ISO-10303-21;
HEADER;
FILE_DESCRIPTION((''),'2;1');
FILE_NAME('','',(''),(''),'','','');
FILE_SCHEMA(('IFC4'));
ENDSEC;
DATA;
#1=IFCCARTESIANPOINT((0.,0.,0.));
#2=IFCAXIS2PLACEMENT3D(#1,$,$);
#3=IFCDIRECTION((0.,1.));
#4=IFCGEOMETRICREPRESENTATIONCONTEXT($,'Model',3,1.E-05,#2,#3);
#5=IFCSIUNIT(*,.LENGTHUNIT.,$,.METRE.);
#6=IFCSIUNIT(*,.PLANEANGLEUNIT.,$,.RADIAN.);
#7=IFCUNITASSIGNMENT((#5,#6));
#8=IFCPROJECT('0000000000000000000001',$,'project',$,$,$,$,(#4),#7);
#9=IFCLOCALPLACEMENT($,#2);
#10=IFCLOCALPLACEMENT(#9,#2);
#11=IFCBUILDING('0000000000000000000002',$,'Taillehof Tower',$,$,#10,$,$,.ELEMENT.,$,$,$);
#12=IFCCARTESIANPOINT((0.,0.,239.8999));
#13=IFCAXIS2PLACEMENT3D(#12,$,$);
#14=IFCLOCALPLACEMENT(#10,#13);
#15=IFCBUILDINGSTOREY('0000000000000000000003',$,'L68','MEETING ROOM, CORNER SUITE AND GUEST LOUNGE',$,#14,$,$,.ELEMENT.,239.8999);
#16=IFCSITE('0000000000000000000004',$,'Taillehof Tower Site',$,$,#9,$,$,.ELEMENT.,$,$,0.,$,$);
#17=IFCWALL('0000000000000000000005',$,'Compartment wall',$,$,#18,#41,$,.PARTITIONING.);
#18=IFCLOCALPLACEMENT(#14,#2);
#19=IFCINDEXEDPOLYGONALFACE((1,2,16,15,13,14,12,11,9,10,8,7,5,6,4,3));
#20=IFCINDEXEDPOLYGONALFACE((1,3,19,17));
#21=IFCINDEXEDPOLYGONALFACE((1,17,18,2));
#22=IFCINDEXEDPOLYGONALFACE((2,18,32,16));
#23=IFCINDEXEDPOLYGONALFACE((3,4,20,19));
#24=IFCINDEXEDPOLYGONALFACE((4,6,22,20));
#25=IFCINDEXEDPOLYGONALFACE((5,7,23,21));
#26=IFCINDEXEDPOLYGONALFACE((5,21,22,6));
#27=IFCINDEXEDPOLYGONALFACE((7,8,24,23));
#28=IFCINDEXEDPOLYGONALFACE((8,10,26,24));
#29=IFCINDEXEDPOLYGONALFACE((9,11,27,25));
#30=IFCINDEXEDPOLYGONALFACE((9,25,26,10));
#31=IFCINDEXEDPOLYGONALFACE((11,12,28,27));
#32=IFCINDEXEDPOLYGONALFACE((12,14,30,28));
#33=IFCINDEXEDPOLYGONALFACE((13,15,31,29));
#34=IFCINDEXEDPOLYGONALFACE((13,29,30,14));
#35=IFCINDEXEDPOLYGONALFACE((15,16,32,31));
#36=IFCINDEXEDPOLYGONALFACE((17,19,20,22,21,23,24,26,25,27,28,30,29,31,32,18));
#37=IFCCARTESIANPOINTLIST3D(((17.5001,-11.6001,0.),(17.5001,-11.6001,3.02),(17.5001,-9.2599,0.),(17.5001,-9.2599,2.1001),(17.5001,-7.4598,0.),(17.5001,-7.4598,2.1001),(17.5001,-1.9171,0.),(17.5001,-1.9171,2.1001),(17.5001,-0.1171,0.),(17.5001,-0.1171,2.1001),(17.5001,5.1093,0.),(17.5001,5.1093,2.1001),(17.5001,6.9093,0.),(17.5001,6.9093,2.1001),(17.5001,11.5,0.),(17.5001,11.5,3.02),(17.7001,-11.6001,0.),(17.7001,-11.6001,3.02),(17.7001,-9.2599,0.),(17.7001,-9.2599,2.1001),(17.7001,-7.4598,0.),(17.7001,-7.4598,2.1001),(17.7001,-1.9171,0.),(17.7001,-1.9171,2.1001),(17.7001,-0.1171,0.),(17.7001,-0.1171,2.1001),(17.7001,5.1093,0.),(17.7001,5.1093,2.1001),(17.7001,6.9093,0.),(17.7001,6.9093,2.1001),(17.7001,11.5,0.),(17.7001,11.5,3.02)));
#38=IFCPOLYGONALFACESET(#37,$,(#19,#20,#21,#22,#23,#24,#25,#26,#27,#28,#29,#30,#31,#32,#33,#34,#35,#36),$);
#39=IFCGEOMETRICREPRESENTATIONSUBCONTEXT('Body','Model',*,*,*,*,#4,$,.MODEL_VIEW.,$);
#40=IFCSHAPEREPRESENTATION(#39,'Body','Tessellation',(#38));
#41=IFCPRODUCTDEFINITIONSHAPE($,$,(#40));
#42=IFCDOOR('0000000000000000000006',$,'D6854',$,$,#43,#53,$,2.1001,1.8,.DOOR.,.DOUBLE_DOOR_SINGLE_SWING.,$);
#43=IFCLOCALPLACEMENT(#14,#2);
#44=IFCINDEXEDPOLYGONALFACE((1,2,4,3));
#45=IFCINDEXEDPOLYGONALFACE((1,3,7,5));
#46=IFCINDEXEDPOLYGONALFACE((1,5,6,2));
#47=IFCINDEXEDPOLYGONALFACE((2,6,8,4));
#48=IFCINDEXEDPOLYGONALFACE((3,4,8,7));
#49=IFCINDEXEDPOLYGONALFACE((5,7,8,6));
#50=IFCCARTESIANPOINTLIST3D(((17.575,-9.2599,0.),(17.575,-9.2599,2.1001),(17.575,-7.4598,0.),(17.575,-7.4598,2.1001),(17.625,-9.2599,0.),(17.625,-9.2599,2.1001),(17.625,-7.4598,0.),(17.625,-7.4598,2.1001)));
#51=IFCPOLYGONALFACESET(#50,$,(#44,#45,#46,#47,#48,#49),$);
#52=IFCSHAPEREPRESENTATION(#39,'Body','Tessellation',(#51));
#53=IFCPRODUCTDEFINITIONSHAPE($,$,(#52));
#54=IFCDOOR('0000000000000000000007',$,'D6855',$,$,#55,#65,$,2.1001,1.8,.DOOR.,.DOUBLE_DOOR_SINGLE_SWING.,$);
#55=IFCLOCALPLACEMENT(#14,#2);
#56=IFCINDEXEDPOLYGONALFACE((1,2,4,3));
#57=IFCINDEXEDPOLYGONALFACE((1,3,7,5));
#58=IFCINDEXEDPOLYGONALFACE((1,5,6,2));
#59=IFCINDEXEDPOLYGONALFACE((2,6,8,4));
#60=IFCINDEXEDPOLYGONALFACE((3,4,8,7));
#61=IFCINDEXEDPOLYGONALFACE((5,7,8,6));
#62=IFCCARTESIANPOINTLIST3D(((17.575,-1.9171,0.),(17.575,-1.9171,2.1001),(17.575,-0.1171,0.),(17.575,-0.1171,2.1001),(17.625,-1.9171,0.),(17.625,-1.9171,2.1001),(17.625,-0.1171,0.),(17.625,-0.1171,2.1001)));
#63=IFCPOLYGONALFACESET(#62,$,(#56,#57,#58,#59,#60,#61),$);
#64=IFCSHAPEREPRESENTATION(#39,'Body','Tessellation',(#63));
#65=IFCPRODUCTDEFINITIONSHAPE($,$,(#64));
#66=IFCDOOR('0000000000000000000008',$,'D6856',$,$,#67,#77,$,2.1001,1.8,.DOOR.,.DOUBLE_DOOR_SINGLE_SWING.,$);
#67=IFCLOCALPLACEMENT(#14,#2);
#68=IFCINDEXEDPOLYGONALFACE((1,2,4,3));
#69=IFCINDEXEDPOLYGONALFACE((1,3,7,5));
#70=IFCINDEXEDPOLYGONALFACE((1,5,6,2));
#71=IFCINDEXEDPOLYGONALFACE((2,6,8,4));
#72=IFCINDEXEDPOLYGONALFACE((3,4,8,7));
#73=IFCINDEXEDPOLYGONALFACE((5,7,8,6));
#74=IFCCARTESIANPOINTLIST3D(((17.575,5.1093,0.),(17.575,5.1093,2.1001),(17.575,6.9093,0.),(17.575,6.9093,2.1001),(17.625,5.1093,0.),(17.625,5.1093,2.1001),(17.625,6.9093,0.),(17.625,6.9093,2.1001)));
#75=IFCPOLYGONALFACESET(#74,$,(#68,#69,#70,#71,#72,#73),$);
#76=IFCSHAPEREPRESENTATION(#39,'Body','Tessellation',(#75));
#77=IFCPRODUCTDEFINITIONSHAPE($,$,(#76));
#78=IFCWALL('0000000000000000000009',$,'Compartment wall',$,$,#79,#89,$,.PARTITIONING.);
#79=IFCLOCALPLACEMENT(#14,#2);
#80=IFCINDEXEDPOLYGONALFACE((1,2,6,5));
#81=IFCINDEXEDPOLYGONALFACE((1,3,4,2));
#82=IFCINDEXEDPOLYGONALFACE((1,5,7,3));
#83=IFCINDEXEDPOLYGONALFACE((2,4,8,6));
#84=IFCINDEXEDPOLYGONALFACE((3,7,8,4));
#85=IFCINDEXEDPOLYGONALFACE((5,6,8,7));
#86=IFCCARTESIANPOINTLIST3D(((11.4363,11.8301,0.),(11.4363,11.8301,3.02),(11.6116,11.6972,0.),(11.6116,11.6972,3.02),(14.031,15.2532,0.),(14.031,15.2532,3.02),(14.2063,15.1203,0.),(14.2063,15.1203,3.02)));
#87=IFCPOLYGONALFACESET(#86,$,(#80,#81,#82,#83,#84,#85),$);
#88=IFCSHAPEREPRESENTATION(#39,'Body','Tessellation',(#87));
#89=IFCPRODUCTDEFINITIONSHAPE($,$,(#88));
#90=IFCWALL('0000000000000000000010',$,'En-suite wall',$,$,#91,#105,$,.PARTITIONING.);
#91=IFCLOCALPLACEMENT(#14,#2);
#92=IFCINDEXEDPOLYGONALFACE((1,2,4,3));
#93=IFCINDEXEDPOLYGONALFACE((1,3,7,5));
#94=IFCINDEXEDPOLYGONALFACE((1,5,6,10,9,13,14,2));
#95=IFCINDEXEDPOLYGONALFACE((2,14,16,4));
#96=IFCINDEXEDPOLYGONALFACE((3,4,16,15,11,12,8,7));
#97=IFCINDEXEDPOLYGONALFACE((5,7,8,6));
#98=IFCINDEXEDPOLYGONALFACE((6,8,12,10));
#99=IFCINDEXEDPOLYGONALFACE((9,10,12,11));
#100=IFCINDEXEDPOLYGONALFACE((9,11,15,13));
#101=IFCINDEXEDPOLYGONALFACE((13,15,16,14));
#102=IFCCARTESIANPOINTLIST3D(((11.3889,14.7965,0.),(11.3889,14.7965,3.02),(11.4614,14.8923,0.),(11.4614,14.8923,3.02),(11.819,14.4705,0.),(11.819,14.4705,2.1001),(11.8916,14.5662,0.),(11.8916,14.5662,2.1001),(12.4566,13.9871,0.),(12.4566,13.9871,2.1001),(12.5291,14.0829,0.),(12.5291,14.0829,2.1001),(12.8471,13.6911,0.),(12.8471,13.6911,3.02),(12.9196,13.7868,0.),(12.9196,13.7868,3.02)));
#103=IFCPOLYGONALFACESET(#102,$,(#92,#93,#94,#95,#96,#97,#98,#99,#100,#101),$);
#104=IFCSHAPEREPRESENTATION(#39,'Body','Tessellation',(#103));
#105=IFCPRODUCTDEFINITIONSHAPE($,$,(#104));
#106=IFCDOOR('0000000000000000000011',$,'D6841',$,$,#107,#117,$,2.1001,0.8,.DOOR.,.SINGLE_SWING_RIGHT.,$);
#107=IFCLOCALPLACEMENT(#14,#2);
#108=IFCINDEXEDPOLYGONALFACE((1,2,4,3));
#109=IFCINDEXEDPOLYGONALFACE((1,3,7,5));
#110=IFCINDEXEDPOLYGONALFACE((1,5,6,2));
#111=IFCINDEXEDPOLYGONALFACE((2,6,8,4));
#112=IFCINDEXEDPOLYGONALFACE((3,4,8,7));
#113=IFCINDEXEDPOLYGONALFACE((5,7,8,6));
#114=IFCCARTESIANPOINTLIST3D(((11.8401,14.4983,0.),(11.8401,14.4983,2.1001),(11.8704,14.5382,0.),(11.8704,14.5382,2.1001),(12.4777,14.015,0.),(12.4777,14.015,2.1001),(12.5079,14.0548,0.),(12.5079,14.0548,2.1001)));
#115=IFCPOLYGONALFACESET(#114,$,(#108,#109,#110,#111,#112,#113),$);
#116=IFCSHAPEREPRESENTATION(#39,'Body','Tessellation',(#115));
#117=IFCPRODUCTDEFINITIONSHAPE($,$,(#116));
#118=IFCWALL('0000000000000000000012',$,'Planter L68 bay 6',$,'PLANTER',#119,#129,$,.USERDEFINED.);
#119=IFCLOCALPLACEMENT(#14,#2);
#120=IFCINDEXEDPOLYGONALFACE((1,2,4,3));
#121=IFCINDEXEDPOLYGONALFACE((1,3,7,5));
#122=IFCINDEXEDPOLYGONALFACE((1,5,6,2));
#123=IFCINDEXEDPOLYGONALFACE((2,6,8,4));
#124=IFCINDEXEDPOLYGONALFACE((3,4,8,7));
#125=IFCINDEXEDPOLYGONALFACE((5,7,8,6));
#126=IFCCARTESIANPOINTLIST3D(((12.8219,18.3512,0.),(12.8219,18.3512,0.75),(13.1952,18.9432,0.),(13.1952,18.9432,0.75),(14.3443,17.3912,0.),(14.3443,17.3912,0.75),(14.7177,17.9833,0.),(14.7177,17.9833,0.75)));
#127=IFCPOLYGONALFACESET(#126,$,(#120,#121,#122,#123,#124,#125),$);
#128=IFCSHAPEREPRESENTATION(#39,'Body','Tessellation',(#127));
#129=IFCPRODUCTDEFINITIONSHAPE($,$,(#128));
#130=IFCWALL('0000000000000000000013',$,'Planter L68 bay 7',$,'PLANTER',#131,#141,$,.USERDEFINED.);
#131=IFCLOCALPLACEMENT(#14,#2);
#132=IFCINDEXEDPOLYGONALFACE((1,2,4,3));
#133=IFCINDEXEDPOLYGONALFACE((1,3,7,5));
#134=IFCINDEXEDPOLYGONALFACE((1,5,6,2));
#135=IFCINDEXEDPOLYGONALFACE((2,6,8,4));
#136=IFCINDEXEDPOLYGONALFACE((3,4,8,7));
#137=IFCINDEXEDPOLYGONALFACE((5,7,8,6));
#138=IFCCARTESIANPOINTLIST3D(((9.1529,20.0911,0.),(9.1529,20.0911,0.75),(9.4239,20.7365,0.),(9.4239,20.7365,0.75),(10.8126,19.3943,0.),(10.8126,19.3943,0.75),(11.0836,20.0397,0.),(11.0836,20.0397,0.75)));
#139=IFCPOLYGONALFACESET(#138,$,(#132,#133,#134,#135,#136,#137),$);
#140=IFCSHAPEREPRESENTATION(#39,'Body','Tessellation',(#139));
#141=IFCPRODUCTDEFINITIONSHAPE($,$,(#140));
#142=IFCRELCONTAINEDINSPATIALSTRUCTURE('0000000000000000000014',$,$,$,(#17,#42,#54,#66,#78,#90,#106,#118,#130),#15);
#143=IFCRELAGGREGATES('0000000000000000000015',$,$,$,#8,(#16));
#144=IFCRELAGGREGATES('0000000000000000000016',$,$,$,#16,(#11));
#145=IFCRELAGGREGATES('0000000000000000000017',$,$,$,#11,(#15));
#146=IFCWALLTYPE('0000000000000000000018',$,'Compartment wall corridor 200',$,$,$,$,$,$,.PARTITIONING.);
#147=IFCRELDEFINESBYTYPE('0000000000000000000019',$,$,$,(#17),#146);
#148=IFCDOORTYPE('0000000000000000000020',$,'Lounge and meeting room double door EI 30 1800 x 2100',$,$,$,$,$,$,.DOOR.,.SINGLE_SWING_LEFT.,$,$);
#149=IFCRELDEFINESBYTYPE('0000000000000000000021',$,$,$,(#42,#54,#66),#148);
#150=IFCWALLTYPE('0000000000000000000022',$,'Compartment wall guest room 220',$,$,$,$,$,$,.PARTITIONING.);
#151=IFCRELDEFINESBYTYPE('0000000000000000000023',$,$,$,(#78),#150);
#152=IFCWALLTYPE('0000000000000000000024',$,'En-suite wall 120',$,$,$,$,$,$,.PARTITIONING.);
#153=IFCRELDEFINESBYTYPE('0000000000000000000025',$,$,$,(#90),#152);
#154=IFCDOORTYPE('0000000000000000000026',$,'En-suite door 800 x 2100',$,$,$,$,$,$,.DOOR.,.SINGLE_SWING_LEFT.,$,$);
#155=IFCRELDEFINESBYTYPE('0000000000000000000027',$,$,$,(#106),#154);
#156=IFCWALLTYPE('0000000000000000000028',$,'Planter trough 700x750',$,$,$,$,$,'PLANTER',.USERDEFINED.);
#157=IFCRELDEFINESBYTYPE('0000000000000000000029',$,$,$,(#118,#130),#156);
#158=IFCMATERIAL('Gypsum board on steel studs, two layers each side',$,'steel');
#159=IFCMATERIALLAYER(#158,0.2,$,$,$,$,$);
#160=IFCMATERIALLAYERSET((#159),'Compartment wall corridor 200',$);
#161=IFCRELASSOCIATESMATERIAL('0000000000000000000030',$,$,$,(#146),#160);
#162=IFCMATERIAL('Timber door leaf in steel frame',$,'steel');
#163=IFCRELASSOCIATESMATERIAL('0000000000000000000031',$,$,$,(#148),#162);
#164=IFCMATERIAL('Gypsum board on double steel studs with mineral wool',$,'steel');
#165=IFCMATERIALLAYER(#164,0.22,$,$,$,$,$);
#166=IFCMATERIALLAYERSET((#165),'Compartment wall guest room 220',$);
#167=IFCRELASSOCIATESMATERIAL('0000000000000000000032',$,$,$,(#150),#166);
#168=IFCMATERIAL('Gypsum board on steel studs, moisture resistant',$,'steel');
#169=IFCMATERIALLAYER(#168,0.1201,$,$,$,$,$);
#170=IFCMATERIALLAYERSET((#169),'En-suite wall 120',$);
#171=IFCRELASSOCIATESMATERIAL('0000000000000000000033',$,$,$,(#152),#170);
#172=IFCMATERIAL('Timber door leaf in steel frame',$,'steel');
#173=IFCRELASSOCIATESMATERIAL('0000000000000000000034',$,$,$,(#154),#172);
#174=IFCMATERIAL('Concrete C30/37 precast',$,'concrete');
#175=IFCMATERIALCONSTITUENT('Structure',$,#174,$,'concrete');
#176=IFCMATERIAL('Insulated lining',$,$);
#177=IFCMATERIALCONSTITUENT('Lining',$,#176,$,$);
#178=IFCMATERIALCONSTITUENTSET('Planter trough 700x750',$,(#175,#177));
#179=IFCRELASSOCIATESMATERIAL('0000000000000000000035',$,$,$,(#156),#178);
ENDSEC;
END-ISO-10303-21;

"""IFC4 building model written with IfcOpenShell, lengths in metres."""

from ifc_helpers import new_model, si_unit, direction, frame, frame_2d, origin, place, context, subcontext, project, spatial, rectangle, extrude, material, layer, layer_set, constituent, constituent_set, type_object, element, fill, save


model = new_model("IFC4")

# Units and contexts
model_context = context("Model", 3, precision=1e-05, world=origin(), true_north=direction((0.0, 1.0)))
body_context = subcontext(model_context, "Body", "Model", "MODEL_VIEW")
ifc_project = project(units=[si_unit("LENGTHUNIT", "METRE"), si_unit("PLANEANGLEUNIT", "RADIAN")], contexts=[model_context])

# Site, building, storey
site_placement = place(None, origin())
site = spatial("IfcSite", under=ifc_project, at=site_placement, Name="Taillehof Tower Site", CompositionType="ELEMENT", RefElevation=0.0)
building_placement = place(site_placement, origin())
building = spatial("IfcBuilding", under=site, at=building_placement, Name="Taillehof Tower", CompositionType="ELEMENT")
storey_placement = place(building_placement, frame((0.0, 0.0, 239.8999)))
storey = spatial("IfcBuildingStorey", under=building, at=storey_placement, Name="L68", Description="MEETING ROOM, CORNER SUITE AND GUEST LOUNGE", CompositionType="ELEMENT", Elevation=239.8999)

# Wall, openings, doors
ifc_material_1 = material(Name="Gypsum board on steel studs, two layers each side", Category="steel")
ifc_layer_1 = layer(ifc_material_1, 0.2)
ifc_layer_set_1 = layer_set([ifc_layer_1], Name="Compartment wall corridor 200")
wall_type_1 = type_object("IfcWallType", Name="Compartment wall corridor 200", PredefinedType="PARTITIONING", material=ifc_layer_set_1)
wall_1_placement = place(storey_placement, frame((17.6001, 11.5, 0.0), z_axis=(0.0, 0.0, 1.0), x_axis=(0.0, -1.0, 0.0)))
wall_1 = element("IfcWall", 1, at=wall_1_placement, inside=storey, type_object=wall_type_1, Name="Compartment wall", PredefinedType="PARTITIONING", context=body_context, shape_type="SweptSolid", body=[
    extrude(rectangle(XDim=23.1001, YDim=0.2, at=frame_2d((11.55, 0.0))), origin(), (0.0, 0.0, 1.0), 3.02),
])
opening_1_placement = place(wall_1_placement, frame((18.96, 0.0, 0.0)))
opening_1 = element("IfcOpeningElement", 2, at=opening_1_placement, cuts=wall_1, PredefinedType="OPENING", context=body_context, shape_type="SweptSolid", body=[
    extrude(rectangle(XDim=1.8, YDim=2.1001, at=frame_2d((0.8999, 1.05))), frame((0.0, 0.1099, 0.0), z_axis=(0.0, -1.0, 0.0), x_axis=(1.0, 0.0, 0.0)), (0.0, 0.0, 1.0), 0.22),
])
opening_2_placement = place(wall_1_placement, frame((11.6172, 0.0, 0.0)))
opening_2 = element("IfcOpeningElement", 3, at=opening_2_placement, cuts=wall_1, PredefinedType="OPENING", context=body_context, shape_type="SweptSolid", body=[
    extrude(rectangle(XDim=1.8, YDim=2.1001, at=frame_2d((0.8999, 1.05))), frame((0.0, 0.1099, 0.0), z_axis=(0.0, -1.0, 0.0), x_axis=(1.0, 0.0, 0.0)), (0.0, 0.0, 1.0), 0.22),
])
opening_3_placement = place(wall_1_placement, frame((4.5908, 0.0, 0.0)))
opening_3 = element("IfcOpeningElement", 4, at=opening_3_placement, cuts=wall_1, PredefinedType="OPENING", context=body_context, shape_type="SweptSolid", body=[
    extrude(rectangle(XDim=1.8, YDim=2.1001, at=frame_2d((0.8999, 1.05))), frame((0.0, 0.1099, 0.0), z_axis=(0.0, -1.0, 0.0), x_axis=(1.0, 0.0, 0.0)), (0.0, 0.0, 1.0), 0.22),
])
ifc_material_2 = material(Name="Timber door leaf in steel frame", Category="steel")
door_type_1 = type_object("IfcDoorType", Name="Lounge and meeting room double door EI 30 1800 x 2100", OperationType="SINGLE_SWING_LEFT", PredefinedType="DOOR", material=ifc_material_2)
door_1_placement = place(opening_1_placement, origin())
door_1 = element("IfcDoor", 5, at=door_1_placement, inside=storey, type_object=door_type_1, Name="D6854", OperationType="DOUBLE_DOOR_SINGLE_SWING", OverallHeight=2.1001, OverallWidth=1.8, PredefinedType="DOOR", context=body_context, shape_type="SweptSolid", body=[
    extrude(rectangle(XDim=1.8, YDim=2.1001, at=frame_2d((0.8999, 1.05))), frame((0.0, 0.0249, 0.0), z_axis=(0.0, -1.0, 0.0), x_axis=(1.0, 0.0, 0.0)), (0.0, 0.0, 1.0), 0.05),
])
fill(opening_1, door_1)
door_2_placement = place(opening_2_placement, origin())
door_2 = element("IfcDoor", 6, at=door_2_placement, inside=storey, type_object=door_type_1, Name="D6855", OperationType="DOUBLE_DOOR_SINGLE_SWING", OverallHeight=2.1001, OverallWidth=1.8, PredefinedType="DOOR", context=body_context, shape_type="SweptSolid", body=[
    extrude(rectangle(XDim=1.8, YDim=2.1001, at=frame_2d((0.8999, 1.05))), frame((0.0, 0.0249, 0.0), z_axis=(0.0, -1.0, 0.0), x_axis=(1.0, 0.0, 0.0)), (0.0, 0.0, 1.0), 0.05),
])
fill(opening_2, door_2)
door_3_placement = place(opening_3_placement, origin())
door_3 = element("IfcDoor", 7, at=door_3_placement, inside=storey, type_object=door_type_1, Name="D6856", OperationType="DOUBLE_DOOR_SINGLE_SWING", OverallHeight=2.1001, OverallWidth=1.8, PredefinedType="DOOR", context=body_context, shape_type="SweptSolid", body=[
    extrude(rectangle(XDim=1.8, YDim=2.1001, at=frame_2d((0.8999, 1.05))), frame((0.0, 0.0249, 0.0), z_axis=(0.0, -1.0, 0.0), x_axis=(1.0, 0.0, 0.0)), (0.0, 0.0, 1.0), 0.05),
])
fill(opening_3, door_3)

# Wall
ifc_material_3 = material(Name="Gypsum board on double steel studs with mineral wool", Category="steel")
ifc_layer_2 = layer(ifc_material_3, 0.22)
ifc_layer_set_2 = layer_set([ifc_layer_2], Name="Compartment wall guest room 220")
wall_type_2 = type_object("IfcWallType", Name="Compartment wall guest room 220", PredefinedType="PARTITIONING", material=ifc_layer_set_2)
wall_2_placement = place(storey_placement, frame((14.1187, 15.1868, 0.0), z_axis=(0.0, 0.0, 1.0), x_axis=(-0.604075, -0.796927, 0.0)))
element("IfcWall", 8, at=wall_2_placement, inside=storey, type_object=wall_type_2, Name="Compartment wall", PredefinedType="PARTITIONING", context=body_context, shape_type="SweptSolid", body=[
    extrude(rectangle(XDim=4.2954, YDim=0.22, at=frame_2d((2.1477, 0.0))), origin(), (0.0, 0.0, 1.0), 3.02),
])

# Wall, opening, door
ifc_material_4 = material(Name="Gypsum board on steel studs, moisture resistant", Category="steel")
ifc_layer_3 = layer(ifc_material_4, 0.1201)
ifc_layer_set_3 = layer_set([ifc_layer_3], Name="En-suite wall 120")
wall_type_3 = type_object("IfcWallType", Name="En-suite wall 120", PredefinedType="PARTITIONING", material=ifc_layer_set_3)
wall_3_placement = place(storey_placement, frame((11.425, 14.8445, 0.0), z_axis=(0.0, 0.0, 1.0), x_axis=(0.796899, -0.604112, 0.0)))
wall_3 = element("IfcWall", 9, at=wall_3_placement, inside=storey, type_object=wall_type_3, Name="En-suite wall", PredefinedType="PARTITIONING", context=body_context, shape_type="SweptSolid", body=[
    extrude(rectangle(XDim=1.8298, YDim=0.1201, at=frame_2d((0.915, 0.0))), origin(), (0.0, 0.0, 1.0), 3.02),
])
opening_4_placement = place(wall_3_placement, frame((0.54, 0.0, 0.0)))
opening_4 = element("IfcOpeningElement", 10, at=opening_4_placement, cuts=wall_3, PredefinedType="OPENING", context=body_context, shape_type="SweptSolid", body=[
    extrude(rectangle(XDim=0.8, YDim=2.1001, at=frame_2d((0.3999, 1.05))), frame((0.0, 0.0701, 0.0), z_axis=(0.0, -1.0, 0.0), x_axis=(1.0, 0.0, 0.0)), (0.0, 0.0, 1.0), 0.1401),
])
ifc_material_5 = material(Name="Timber door leaf in steel frame", Category="steel")
door_type_2 = type_object("IfcDoorType", Name="En-suite door 800 x 2100", OperationType="SINGLE_SWING_LEFT", PredefinedType="DOOR", material=ifc_material_5)
door_4_placement = place(opening_4_placement, origin())
door_4 = element("IfcDoor", 11, at=door_4_placement, inside=storey, type_object=door_type_2, Name="D6841", OperationType="SINGLE_SWING_RIGHT", OverallHeight=2.1001, OverallWidth=0.8, PredefinedType="DOOR", context=body_context, shape_type="SweptSolid", body=[
    extrude(rectangle(XDim=0.8, YDim=2.1001, at=frame_2d((0.3999, 1.05))), frame((0.0, 0.0249, 0.0), z_axis=(0.0, -1.0, 0.0), x_axis=(1.0, 0.0, 0.0)), (0.0, 0.0, 1.0), 0.05),
])
fill(opening_4, door_4)

# Walls
ifc_material_6 = material(Name="Concrete C30/37 precast", Category="concrete")
ifc_constituent_1 = constituent(ifc_material_6, Name="Structure", Category="concrete")
ifc_material_7 = material(Name="Insulated lining")
ifc_constituent_2 = constituent(ifc_material_7, Name="Lining")
ifc_constituent_set = constituent_set(constituents=[ifc_constituent_1, ifc_constituent_2], Name="Planter trough 700x750")
wall_type_4 = type_object("IfcWallType", Name="Planter trough 700x750", ElementType="PLANTER", PredefinedType="USERDEFINED", material=ifc_constituent_set)
wall_4_placement = place(storey_placement, frame((14.531, 17.6873, 0.0), z_axis=(0.0, 0.0, 1.0), x_axis=(-0.845888, 0.53336, 0.0)))
element("IfcWall", 12, at=wall_4_placement, inside=storey, type_object=wall_type_4, Name="Planter L68 bay 6", ObjectType="PLANTER", PredefinedType="USERDEFINED", context=body_context, shape_type="SweptSolid", body=[
    extrude(rectangle(XDim=1.7998, YDim=0.7, at=frame_2d((0.8999, 0.0))), origin(), (0.0, 0.0, 1.0), 0.75),
])
wall_5_placement = place(storey_placement, frame((10.948, 19.717, 0.0), z_axis=(0.0, 0.0, 1.0), x_axis=(-0.922038, 0.387099, 0.0)))
element("IfcWall", 13, at=wall_5_placement, inside=storey, type_object=wall_type_4, Name="Planter L68 bay 7", ObjectType="PLANTER", PredefinedType="USERDEFINED", context=body_context, shape_type="SweptSolid", body=[
    extrude(rectangle(XDim=1.8, YDim=0.7, at=frame_2d((0.8999, 0.0))), origin(), (0.0, 0.0, 1.0), 0.75),
])

save(model, "model.ifc")
